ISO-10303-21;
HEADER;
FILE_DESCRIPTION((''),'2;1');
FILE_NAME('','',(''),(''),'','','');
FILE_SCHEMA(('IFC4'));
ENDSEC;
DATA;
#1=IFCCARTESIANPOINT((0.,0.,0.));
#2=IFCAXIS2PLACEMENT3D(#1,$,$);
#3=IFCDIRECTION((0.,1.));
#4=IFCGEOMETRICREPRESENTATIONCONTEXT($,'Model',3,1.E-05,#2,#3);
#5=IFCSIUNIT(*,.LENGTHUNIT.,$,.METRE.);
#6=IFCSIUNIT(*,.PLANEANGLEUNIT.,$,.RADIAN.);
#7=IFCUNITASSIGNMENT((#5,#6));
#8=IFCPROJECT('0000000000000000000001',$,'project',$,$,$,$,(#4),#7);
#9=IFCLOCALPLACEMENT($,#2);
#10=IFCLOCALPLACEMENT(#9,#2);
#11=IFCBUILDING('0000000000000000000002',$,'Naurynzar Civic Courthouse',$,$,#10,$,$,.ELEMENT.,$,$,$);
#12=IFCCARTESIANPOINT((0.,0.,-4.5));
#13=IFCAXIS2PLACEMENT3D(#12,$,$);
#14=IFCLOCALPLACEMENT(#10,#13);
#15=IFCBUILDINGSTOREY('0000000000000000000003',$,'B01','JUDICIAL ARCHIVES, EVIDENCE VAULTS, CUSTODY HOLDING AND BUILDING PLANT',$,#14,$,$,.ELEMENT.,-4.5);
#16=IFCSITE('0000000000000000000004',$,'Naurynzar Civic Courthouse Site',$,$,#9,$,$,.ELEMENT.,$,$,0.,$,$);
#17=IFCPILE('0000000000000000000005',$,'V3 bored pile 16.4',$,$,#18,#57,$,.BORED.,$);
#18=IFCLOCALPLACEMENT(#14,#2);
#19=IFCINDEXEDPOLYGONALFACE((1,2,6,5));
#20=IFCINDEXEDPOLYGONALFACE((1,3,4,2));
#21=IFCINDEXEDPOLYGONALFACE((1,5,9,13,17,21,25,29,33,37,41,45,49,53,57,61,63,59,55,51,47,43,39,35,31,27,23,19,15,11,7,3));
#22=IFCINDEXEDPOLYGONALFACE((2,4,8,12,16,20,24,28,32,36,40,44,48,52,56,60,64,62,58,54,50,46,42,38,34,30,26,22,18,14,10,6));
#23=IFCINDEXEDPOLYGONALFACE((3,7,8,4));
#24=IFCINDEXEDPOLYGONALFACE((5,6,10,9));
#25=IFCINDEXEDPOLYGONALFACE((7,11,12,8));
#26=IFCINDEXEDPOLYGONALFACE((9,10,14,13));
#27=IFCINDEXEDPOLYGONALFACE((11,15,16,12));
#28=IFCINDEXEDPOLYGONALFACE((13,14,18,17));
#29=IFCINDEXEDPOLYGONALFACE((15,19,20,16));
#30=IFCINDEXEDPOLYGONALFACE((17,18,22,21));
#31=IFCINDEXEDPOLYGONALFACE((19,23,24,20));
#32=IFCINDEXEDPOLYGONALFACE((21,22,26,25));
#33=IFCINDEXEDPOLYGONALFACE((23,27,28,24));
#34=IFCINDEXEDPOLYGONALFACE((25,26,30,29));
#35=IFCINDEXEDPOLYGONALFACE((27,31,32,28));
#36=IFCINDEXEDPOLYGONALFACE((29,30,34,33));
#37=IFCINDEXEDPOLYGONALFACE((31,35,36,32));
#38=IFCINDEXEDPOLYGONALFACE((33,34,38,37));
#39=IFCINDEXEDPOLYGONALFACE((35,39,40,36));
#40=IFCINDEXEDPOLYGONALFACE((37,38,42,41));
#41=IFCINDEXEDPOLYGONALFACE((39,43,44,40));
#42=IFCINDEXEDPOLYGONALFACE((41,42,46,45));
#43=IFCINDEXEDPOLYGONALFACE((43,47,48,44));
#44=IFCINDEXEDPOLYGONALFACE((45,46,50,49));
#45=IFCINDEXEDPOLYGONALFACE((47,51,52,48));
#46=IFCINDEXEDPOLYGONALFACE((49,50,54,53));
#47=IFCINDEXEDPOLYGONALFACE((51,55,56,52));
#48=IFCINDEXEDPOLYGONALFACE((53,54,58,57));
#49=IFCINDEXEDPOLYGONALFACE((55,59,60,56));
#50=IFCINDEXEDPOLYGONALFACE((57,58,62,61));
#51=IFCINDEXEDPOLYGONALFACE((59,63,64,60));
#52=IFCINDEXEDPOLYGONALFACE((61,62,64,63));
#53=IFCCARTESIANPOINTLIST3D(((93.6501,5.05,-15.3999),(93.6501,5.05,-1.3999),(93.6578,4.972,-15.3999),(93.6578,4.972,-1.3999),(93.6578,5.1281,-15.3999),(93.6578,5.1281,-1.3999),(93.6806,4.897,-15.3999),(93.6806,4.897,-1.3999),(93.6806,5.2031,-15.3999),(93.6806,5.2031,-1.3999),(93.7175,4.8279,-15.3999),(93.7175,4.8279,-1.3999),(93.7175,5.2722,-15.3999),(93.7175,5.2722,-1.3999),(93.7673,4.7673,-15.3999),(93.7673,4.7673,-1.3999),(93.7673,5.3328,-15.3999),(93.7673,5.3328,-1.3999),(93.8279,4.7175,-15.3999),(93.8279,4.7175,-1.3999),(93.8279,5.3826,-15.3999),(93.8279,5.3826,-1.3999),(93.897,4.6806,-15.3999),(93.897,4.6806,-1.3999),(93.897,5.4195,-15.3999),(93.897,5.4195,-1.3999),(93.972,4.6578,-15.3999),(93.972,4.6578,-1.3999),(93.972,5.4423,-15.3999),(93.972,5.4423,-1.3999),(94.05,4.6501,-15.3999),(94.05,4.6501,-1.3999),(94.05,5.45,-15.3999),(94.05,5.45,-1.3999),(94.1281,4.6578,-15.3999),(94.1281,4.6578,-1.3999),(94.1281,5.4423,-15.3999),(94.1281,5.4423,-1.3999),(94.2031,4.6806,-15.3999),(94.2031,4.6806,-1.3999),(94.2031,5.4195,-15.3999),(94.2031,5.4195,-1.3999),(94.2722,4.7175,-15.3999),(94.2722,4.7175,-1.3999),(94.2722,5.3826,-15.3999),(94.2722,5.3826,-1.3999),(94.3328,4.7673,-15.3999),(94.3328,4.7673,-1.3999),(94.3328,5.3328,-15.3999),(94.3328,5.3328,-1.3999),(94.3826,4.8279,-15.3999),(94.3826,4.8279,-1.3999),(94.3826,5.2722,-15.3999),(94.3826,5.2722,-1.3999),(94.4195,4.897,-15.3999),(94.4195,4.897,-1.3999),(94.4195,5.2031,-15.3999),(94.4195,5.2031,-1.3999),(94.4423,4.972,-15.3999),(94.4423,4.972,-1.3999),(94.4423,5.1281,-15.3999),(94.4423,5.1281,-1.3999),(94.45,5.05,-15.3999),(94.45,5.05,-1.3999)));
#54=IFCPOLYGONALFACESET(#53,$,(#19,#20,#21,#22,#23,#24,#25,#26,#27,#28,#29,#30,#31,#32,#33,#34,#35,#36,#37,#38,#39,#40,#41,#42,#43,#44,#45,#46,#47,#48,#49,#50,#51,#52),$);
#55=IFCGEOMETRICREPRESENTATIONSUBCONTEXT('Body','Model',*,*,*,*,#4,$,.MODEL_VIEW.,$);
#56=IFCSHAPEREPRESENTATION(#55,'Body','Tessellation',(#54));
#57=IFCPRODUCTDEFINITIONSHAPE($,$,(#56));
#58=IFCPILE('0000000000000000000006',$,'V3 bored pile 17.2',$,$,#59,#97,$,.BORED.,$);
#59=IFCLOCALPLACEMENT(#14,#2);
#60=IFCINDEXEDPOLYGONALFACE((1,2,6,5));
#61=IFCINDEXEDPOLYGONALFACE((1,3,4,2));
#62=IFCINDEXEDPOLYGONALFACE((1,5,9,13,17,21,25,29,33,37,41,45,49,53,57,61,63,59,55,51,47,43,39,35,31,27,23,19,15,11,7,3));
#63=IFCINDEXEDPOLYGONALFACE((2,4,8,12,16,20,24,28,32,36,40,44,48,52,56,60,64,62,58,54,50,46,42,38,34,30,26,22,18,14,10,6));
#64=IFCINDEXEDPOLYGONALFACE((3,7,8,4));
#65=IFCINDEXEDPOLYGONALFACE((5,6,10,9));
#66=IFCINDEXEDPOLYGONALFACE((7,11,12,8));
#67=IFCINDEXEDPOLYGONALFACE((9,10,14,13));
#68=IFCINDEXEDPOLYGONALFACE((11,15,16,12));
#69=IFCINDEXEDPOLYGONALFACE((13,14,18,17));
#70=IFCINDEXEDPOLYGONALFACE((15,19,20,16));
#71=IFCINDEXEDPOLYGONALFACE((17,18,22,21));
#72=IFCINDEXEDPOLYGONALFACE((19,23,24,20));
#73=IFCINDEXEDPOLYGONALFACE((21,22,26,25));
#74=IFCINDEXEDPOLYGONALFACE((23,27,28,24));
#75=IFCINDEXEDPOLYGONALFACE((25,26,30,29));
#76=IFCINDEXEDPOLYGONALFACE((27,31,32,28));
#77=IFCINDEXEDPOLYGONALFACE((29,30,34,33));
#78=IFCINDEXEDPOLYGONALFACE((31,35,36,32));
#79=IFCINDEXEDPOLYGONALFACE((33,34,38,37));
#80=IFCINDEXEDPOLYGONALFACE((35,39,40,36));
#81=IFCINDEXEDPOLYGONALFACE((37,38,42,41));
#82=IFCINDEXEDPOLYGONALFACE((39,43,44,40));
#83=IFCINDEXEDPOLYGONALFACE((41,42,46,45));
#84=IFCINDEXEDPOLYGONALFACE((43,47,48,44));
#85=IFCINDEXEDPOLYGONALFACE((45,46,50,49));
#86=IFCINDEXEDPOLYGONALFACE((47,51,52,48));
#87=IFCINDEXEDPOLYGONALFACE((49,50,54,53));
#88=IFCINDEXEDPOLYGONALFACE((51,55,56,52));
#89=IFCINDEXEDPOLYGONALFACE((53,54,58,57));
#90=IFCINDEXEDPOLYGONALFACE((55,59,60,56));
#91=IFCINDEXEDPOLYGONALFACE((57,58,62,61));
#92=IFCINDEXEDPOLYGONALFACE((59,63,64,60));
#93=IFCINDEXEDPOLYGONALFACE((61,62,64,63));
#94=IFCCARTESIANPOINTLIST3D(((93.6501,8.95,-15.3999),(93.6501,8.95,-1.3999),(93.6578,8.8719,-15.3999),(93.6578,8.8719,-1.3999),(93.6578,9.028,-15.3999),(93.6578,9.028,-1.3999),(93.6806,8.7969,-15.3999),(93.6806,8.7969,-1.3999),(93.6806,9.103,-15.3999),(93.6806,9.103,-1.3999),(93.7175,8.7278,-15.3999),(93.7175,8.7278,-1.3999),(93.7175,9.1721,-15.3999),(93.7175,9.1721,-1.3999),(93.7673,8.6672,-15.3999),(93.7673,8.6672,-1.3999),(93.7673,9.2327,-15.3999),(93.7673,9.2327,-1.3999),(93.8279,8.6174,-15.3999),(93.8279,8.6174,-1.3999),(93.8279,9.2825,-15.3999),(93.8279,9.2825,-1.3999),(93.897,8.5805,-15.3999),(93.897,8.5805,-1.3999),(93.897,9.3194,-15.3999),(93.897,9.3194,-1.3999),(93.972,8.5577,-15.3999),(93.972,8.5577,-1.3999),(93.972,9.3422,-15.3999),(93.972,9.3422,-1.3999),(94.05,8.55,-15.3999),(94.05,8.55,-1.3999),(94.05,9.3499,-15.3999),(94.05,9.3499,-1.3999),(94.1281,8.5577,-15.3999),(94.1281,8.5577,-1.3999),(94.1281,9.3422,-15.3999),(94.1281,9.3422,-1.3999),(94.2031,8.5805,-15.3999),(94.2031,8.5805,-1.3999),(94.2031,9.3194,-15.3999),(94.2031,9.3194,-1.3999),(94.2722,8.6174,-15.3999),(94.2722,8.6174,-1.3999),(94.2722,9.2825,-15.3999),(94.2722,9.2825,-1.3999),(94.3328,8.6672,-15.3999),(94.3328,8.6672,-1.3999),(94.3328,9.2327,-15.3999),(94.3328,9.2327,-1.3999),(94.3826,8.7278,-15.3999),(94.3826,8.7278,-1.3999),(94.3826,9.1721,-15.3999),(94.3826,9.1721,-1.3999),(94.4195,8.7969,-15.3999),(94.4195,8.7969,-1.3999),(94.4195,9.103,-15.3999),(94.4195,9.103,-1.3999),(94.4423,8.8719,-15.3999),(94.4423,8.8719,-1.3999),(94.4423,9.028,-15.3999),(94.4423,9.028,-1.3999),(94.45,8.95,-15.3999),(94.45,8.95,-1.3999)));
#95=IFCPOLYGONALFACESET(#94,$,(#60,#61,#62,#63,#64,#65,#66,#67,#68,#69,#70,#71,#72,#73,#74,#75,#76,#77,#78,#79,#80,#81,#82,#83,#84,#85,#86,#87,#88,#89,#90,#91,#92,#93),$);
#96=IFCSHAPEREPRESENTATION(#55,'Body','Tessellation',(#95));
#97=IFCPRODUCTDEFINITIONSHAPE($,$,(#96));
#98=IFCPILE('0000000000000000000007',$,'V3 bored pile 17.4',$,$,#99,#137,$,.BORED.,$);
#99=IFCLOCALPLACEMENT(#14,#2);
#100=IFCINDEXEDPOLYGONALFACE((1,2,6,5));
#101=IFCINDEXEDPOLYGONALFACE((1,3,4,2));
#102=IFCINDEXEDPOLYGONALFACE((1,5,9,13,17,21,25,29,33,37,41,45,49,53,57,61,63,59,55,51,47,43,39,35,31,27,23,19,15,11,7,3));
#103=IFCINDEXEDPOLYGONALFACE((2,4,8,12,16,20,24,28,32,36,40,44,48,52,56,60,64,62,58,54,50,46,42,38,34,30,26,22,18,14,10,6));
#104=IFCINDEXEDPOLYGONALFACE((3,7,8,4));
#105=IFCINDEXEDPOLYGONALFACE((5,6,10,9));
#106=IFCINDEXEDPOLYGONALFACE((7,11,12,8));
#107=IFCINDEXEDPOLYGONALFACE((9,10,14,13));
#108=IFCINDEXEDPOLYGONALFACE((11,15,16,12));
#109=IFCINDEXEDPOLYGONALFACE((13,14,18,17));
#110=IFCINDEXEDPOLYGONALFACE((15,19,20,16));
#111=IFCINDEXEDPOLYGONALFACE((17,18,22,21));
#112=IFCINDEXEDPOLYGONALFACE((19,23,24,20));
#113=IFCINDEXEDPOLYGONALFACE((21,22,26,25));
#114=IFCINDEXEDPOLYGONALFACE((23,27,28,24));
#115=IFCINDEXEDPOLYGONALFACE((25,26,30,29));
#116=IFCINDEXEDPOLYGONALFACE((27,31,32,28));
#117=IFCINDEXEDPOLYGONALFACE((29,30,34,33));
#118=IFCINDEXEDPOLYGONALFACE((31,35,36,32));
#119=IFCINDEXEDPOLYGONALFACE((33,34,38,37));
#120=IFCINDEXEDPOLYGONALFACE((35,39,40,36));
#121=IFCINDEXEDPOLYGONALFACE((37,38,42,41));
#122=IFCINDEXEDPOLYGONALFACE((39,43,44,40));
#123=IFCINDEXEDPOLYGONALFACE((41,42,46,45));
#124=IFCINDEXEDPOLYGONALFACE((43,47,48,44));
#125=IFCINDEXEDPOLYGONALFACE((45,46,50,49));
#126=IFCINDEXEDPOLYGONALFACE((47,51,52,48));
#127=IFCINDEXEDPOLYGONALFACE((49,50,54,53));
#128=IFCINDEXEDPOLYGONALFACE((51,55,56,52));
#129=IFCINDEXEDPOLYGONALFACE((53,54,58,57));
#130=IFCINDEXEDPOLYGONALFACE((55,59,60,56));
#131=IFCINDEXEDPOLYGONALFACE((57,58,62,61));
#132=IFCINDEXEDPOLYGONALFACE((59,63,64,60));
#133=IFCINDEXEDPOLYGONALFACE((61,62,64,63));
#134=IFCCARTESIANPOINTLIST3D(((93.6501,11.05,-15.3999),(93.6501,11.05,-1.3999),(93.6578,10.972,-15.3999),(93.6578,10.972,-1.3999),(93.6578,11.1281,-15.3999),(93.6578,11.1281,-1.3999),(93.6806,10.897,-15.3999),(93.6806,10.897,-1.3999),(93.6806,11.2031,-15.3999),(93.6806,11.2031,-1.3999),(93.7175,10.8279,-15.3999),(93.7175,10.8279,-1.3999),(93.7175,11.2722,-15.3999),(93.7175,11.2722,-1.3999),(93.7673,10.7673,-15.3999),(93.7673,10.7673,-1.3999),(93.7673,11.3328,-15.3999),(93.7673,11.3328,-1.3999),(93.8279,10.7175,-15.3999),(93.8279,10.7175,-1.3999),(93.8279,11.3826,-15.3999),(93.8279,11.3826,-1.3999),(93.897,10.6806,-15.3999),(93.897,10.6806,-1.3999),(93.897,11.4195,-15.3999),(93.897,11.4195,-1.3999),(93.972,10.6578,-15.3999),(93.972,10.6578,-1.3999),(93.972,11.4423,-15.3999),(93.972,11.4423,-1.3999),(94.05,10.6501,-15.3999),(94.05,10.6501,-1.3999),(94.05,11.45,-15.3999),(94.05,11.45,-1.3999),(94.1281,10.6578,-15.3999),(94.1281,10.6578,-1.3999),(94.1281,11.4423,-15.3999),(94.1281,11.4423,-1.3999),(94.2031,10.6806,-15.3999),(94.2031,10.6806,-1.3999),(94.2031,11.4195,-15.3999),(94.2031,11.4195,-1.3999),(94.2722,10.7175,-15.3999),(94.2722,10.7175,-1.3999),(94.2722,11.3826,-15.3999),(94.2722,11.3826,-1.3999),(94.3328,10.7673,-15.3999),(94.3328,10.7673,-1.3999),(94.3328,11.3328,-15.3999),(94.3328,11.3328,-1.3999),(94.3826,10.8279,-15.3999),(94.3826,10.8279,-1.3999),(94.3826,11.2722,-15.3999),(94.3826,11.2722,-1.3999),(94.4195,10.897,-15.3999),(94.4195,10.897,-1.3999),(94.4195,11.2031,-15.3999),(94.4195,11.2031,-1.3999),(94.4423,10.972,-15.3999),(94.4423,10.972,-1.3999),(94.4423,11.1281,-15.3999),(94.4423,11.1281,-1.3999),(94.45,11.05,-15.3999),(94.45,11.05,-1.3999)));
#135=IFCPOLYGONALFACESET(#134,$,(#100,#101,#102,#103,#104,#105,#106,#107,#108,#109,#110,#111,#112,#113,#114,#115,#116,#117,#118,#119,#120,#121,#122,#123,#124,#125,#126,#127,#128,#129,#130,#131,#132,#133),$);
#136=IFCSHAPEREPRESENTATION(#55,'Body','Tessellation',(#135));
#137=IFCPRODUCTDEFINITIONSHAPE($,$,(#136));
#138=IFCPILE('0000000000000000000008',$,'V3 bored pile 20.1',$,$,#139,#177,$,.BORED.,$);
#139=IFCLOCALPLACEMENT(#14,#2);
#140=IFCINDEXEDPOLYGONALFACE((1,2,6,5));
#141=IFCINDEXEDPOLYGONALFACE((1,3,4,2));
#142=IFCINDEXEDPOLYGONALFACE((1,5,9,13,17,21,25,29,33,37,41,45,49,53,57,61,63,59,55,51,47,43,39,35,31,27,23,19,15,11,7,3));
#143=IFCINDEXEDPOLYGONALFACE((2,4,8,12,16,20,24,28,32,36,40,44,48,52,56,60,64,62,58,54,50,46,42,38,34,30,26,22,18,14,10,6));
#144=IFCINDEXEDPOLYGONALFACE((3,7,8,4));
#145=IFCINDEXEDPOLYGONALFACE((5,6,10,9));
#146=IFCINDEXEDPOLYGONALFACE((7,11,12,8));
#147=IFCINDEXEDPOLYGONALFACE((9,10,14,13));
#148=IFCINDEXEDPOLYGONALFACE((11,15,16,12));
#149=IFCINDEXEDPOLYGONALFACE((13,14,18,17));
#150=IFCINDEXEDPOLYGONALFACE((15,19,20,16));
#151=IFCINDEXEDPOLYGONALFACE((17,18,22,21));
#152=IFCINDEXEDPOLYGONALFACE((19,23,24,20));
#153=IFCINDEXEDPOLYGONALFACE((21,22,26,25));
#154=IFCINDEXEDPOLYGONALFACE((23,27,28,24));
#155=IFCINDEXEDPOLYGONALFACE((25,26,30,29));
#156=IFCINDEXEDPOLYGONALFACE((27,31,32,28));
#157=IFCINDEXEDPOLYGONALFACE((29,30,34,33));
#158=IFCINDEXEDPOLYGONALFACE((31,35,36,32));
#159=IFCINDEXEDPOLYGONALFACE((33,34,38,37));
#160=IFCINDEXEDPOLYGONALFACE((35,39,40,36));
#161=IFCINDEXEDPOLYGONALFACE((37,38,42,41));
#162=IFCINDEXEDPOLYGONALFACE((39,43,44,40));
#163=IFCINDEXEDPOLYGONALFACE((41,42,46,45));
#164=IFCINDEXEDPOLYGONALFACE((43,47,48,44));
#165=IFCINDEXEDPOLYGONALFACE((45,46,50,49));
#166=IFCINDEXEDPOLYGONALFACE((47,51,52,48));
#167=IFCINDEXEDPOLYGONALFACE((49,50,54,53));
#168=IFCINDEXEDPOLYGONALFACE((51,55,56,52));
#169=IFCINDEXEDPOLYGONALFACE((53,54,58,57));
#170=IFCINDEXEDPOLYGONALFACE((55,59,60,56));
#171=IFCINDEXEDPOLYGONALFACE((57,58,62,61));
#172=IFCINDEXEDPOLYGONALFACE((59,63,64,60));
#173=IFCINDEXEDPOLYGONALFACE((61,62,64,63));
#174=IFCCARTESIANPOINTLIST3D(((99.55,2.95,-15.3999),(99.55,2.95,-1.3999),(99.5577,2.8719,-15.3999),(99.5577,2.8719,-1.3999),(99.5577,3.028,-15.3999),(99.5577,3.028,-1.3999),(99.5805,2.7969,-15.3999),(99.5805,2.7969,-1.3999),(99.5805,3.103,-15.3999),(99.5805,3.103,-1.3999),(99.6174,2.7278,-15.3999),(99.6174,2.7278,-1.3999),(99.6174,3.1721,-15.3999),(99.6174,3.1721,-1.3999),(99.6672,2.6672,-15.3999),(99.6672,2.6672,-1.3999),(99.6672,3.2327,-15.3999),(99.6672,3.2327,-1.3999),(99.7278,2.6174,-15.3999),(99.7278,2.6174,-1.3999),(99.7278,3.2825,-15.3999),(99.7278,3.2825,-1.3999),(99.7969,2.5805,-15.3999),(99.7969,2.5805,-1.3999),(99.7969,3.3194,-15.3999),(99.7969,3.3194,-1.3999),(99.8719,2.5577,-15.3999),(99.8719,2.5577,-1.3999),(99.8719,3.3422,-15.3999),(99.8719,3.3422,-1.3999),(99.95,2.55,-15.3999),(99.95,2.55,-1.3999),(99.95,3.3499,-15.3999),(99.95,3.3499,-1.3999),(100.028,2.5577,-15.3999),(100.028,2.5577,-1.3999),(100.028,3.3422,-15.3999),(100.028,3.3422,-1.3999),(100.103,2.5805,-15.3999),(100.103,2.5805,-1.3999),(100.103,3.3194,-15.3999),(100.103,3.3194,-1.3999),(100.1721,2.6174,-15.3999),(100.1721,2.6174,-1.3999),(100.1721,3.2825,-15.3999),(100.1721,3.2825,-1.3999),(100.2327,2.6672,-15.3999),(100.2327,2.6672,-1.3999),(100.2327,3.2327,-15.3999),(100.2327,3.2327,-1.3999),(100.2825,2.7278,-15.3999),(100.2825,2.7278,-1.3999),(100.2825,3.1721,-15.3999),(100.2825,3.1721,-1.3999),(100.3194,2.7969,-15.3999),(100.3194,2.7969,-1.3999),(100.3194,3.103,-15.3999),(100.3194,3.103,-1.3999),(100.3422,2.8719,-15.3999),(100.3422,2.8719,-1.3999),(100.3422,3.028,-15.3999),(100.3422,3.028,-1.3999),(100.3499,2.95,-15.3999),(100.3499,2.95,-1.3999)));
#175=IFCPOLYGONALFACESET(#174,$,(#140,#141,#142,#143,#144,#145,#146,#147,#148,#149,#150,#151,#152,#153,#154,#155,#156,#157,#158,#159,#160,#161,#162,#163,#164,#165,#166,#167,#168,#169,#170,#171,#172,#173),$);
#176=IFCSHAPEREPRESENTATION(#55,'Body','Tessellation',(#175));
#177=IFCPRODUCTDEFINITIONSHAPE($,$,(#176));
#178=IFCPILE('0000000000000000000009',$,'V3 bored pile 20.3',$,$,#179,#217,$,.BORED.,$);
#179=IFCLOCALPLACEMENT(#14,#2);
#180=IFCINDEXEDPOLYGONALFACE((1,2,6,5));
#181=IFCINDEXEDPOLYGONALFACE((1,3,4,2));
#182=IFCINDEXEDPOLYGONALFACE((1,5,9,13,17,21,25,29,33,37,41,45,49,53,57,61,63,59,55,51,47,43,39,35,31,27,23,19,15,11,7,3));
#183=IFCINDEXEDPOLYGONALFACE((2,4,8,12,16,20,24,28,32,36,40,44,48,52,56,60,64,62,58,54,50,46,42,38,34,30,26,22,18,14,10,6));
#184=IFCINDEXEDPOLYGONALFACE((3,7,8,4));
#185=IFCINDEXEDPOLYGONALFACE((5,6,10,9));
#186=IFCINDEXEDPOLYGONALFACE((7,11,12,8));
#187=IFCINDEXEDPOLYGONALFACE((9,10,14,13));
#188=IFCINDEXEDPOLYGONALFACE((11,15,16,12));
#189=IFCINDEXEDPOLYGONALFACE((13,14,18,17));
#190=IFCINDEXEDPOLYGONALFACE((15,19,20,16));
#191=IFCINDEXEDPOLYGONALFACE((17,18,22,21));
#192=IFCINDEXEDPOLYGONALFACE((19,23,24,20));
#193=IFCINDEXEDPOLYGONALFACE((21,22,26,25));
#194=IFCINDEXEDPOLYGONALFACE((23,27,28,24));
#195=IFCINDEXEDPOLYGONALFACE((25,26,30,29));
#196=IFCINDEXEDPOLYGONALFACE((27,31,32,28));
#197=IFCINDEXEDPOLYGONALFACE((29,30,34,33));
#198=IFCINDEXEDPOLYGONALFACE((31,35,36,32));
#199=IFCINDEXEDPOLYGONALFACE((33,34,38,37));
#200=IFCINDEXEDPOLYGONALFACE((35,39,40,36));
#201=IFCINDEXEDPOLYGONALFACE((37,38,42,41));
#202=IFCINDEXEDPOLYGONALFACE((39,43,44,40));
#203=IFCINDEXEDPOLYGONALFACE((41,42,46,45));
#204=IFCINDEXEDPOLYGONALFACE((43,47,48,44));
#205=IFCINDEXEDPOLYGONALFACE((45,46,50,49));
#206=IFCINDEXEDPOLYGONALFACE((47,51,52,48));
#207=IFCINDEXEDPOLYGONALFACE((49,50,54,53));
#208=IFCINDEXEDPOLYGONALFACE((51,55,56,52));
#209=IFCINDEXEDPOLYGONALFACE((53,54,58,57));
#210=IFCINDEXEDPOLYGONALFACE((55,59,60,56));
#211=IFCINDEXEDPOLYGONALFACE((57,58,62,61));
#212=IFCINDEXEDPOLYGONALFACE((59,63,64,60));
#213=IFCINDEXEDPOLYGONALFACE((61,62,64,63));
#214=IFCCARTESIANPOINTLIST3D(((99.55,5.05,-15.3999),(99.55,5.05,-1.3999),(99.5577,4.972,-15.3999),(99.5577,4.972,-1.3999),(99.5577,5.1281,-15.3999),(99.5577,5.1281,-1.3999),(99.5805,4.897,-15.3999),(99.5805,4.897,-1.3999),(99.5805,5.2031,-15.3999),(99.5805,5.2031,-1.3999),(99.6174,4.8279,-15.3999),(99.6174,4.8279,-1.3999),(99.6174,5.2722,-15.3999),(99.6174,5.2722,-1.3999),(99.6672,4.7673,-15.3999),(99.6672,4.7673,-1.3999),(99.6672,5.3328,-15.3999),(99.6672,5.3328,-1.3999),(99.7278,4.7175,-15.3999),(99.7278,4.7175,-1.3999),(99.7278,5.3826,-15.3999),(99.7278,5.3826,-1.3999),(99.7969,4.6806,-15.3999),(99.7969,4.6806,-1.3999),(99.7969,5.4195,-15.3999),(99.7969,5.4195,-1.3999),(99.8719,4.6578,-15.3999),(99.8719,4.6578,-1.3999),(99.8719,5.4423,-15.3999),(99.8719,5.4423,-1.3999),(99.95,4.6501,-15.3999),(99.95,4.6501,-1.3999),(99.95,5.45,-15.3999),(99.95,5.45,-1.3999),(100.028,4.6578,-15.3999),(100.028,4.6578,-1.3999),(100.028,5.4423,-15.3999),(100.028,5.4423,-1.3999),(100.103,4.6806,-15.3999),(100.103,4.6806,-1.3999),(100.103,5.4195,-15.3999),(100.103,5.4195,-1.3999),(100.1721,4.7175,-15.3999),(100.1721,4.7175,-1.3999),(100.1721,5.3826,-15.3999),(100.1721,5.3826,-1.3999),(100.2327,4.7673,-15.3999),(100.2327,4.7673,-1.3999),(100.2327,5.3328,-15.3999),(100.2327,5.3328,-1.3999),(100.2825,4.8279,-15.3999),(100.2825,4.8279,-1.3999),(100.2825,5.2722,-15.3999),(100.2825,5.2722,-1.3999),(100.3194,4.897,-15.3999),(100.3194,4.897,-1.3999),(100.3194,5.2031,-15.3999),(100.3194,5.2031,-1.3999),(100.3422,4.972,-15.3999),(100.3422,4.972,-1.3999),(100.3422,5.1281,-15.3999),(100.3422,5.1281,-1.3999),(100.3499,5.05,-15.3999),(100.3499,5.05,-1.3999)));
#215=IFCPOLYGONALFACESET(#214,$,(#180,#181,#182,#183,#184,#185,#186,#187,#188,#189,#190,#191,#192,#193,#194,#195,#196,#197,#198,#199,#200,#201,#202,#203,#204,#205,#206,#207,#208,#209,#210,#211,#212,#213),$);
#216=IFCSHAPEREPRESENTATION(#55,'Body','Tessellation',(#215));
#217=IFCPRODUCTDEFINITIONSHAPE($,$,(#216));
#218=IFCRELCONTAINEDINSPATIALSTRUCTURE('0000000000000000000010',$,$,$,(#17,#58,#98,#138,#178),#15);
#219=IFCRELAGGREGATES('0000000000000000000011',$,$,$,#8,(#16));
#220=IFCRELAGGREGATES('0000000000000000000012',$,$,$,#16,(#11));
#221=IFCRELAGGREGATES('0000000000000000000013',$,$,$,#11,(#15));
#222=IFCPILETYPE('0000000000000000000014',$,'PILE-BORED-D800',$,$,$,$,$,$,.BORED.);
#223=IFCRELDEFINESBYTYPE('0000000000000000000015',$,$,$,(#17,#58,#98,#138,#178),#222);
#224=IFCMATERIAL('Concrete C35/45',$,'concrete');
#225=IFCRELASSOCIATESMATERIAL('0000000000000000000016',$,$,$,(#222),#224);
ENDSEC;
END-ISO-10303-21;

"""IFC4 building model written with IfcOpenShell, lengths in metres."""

from ifc_helpers import new_model, si_unit, direction, frame, origin, origin_2d, place, context, subcontext, project, spatial, circle, extrude, material, material_profile, profile_set, type_object, element, save


model = new_model("IFC4")

# Units and contexts
model_context = context("Model", 3, precision=1e-05, world=origin(), true_north=direction((0.0, 1.0)))
body_context = subcontext(model_context, "Body", "Model", "MODEL_VIEW")
ifc_project = project(units=[si_unit("LENGTHUNIT", "METRE"), si_unit("PLANEANGLEUNIT", "RADIAN")], contexts=[model_context])

# Site, building, storey
site_placement = place(None, origin())
site = spatial("IfcSite", under=ifc_project, at=site_placement, Name="Naurynzar Civic Courthouse Site", CompositionType="ELEMENT", RefElevation=0.0)
building_placement = place(site_placement, origin())
building = spatial("IfcBuilding", under=site, at=building_placement, Name="Naurynzar Civic Courthouse", CompositionType="ELEMENT")
storey_placement = place(building_placement, frame((0.0, 0.0, -4.5)))
storey = spatial("IfcBuildingStorey", under=building, at=storey_placement, Name="B01", Description="JUDICIAL ARCHIVES, EVIDENCE VAULTS, CUSTODY HOLDING AND BUILDING PLANT", CompositionType="ELEMENT", Elevation=-4.5)

# Piles
ifc_material_1 = material(Name="Concrete C35/45", Category="concrete")
ifc_material_profile_1 = material_profile(ifc_material_1, circle(Radius=0.3999, at=origin_2d()), Name="PILE D800")
ifc_profile_set_1 = profile_set([ifc_material_profile_1], Name="Concrete C35/45")
pile_type = type_object("IfcPileType", Name="PILE-BORED-D800", PredefinedType="BORED", material=ifc_profile_set_1)
for number, where, z_axis, x_axis, name in (
    (1, (94.05, 5.05, -1.3999), (0.0, 0.0, -1.0), (1.0, 0.0, 0.0), "V3 bored pile 16.4"),
    (2, (94.05, 8.95, -1.3999), (0.0, 0.0, -1.0), (1.0, 0.0, 0.0), "V3 bored pile 17.2"),
    (3, (94.05, 11.05, -1.3999), (0.0, 0.0, -1.0), (1.0, 0.0, 0.0), "V3 bored pile 17.4"),
    (4, (99.95, 2.95, -1.3999), (0.0, 0.0, -1.0), (1.0, 0.0, 0.0), "V3 bored pile 20.1"),
    (5, (99.95, 5.05, -1.3999), (0.0, 0.0, -1.0), (1.0, 0.0, 0.0), "V3 bored pile 20.3"),
):
    element("IfcPile", number, at=place(storey_placement, frame(where, z_axis=z_axis, x_axis=x_axis)), inside=storey, type_object=pile_type, Name=name, PredefinedType="BORED", context=body_context, shape_type="SweptSolid", body=[
        extrude(circle(Radius=0.3999, at=origin_2d()), origin(), (0.0, 0.0, 1.0), 14.0),
    ])

save(model, "model.ifc")
